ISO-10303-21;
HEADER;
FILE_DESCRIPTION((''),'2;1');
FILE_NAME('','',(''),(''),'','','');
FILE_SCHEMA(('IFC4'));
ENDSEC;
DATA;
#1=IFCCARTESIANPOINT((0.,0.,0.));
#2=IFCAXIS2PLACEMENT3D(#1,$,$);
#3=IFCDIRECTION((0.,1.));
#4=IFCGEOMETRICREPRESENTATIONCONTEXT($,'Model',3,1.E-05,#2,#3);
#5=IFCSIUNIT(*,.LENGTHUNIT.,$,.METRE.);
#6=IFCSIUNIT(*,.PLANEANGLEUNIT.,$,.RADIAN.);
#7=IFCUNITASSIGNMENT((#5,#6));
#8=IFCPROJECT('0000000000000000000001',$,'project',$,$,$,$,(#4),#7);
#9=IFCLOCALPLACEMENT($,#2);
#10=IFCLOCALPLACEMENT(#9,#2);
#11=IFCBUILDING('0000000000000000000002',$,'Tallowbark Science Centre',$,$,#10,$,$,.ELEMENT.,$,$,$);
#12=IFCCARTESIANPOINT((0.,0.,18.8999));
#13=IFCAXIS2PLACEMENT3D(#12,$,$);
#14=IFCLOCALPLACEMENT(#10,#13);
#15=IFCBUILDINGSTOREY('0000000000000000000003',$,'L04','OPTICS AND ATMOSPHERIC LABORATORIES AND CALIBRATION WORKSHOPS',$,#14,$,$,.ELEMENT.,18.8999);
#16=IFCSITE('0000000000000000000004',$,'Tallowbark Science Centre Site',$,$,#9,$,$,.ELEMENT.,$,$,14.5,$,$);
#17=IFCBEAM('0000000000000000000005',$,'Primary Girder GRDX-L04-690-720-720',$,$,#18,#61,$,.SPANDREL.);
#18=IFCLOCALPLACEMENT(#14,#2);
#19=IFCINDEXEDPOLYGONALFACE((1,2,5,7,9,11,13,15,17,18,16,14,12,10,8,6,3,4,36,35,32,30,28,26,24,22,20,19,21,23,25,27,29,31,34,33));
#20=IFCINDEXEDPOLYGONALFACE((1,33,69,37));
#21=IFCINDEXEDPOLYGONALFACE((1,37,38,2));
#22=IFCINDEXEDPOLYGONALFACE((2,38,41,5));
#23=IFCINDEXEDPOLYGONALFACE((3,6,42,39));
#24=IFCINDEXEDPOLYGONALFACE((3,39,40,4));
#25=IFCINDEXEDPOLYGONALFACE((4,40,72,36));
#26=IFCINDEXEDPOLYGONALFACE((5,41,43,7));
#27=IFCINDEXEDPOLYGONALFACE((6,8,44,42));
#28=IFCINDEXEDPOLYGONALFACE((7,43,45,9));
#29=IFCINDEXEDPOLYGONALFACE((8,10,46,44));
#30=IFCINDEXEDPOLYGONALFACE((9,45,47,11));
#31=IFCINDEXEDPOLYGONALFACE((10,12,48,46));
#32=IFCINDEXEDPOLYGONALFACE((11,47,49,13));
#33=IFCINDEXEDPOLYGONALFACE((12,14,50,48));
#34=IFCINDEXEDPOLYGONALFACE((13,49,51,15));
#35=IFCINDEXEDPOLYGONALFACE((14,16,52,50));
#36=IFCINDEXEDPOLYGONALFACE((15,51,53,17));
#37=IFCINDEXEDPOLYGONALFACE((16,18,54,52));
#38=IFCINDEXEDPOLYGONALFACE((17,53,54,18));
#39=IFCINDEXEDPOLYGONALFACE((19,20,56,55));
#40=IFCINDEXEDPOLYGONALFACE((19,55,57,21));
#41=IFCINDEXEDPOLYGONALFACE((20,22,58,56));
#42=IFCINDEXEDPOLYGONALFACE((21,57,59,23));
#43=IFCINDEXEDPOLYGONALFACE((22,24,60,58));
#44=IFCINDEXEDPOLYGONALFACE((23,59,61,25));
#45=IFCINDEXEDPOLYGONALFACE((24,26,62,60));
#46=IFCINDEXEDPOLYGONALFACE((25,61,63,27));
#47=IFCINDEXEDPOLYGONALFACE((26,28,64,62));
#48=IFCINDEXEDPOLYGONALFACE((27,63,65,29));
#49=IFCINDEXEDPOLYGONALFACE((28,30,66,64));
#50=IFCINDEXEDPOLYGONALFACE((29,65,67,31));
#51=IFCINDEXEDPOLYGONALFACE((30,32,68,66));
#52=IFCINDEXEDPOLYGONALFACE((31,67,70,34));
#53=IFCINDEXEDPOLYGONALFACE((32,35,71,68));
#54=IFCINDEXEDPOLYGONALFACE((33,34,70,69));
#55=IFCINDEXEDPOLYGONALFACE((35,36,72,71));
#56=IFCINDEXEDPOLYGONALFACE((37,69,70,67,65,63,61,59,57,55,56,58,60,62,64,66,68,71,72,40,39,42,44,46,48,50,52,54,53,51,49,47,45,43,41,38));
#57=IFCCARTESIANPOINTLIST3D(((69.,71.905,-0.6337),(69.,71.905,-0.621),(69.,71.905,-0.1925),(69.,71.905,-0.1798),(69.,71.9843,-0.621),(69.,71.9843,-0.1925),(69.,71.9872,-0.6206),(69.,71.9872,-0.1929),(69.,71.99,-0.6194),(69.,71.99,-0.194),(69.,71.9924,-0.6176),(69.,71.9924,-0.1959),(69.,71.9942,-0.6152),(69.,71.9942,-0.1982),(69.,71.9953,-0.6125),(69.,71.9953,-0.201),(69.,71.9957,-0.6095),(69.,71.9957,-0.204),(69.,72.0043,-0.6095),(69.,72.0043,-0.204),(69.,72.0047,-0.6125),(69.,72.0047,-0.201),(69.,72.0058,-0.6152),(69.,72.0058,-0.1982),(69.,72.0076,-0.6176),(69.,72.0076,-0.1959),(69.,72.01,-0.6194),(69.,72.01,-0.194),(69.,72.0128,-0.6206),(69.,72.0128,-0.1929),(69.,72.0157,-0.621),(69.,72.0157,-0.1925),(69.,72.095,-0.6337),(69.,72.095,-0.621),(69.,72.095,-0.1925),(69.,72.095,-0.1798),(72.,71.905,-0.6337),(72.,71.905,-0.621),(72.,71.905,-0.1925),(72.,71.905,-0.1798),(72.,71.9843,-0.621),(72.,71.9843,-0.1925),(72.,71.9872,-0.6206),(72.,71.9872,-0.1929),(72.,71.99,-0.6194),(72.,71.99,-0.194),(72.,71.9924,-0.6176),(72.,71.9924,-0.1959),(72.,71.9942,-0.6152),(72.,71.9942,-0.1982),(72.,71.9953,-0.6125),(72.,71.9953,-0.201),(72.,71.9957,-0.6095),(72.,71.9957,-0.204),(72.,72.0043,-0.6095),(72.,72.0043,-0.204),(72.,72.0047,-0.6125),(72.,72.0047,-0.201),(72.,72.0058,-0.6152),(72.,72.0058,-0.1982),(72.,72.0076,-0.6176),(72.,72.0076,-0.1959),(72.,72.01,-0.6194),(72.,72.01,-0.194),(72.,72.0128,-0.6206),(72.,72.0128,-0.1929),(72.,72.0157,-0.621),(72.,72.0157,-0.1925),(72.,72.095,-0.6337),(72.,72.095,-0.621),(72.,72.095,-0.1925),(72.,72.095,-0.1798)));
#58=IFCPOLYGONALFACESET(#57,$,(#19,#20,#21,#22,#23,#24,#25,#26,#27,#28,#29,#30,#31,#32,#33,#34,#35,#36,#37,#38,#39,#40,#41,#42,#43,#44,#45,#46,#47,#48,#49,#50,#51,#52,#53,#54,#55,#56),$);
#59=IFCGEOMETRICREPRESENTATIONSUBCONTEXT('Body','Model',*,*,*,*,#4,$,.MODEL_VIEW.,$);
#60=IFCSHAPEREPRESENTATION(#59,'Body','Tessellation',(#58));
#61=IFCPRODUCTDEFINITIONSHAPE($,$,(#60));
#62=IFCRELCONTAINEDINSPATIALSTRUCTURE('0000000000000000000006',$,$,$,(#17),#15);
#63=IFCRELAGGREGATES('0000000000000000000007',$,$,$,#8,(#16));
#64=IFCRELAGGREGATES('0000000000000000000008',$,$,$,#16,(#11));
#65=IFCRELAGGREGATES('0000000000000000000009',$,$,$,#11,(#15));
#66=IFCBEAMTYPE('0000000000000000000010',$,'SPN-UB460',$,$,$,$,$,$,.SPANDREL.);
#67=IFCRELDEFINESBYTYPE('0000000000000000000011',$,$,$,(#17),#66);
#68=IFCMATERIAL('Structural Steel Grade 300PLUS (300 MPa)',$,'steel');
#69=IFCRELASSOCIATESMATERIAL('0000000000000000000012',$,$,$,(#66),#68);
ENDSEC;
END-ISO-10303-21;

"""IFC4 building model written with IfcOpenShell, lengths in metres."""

from ifc_helpers import new_model, si_unit, direction, frame, origin, origin_2d, place, context, subcontext, project, spatial, i_section, extrude, material, material_profile, profile_set, type_object, element, save


model = new_model("IFC4")

# Units and contexts
model_context = context("Model", 3, precision=1e-05, world=origin(), true_north=direction((0.0, 1.0)))
body_context = subcontext(model_context, "Body", "Model", "MODEL_VIEW")
ifc_project = project(units=[si_unit("LENGTHUNIT", "METRE"), si_unit("PLANEANGLEUNIT", "RADIAN")], contexts=[model_context])

# Site, building, storey
site_placement = place(None, origin())
site = spatial("IfcSite", under=ifc_project, at=site_placement, Name="Tallowbark Science Centre Site", CompositionType="ELEMENT", RefElevation=14.5)
building_placement = place(site_placement, origin())
building = spatial("IfcBuilding", under=site, at=building_placement, Name="Tallowbark Science Centre", CompositionType="ELEMENT")
storey_placement = place(building_placement, frame((0.0, 0.0, 18.8999)))
storey = spatial("IfcBuildingStorey", under=building, at=storey_placement, Name="L04", Description="OPTICS AND ATMOSPHERIC LABORATORIES AND CALIBRATION WORKSHOPS", CompositionType="ELEMENT", Elevation=18.8999)

# Shared definitions
ifc_material_1 = material(Name="Structural Steel Grade 300PLUS (300 MPa)", Category="steel")

# Beam
ifc_material_profile_1 = material_profile(ifc_material_1, i_section(OverallWidth=0.1899, OverallDepth=0.4539, WebThickness=0.0085, FlangeThickness=0.0127, FilletRadius=0.0115, at=origin_2d()), Name="460UB67.1")
ifc_profile_set_1 = profile_set([ifc_material_profile_1], Name="Structural Steel Grade 300PLUS (300 MPa)")
beam_type_1 = type_object("IfcBeamType", Name="SPN-UB460", PredefinedType="SPANDREL", material=ifc_profile_set_1)
beam_placement = place(storey_placement, frame((69.0, 72.0, -0.4067), z_axis=(1.0, 0.0, 0.0), x_axis=(0.0, 1.0, 0.0)))
element("IfcBeam", 1, at=beam_placement, inside=storey, type_object=beam_type_1, Name="Primary Girder GRDX-L04-690-720-720", PredefinedType="SPANDREL", context=body_context, shape_type="SweptSolid", body=[
    extrude(i_section(OverallWidth=0.1899, OverallDepth=0.4539, WebThickness=0.0085, FlangeThickness=0.0127, FilletRadius=0.0115, at=origin_2d()), origin(), (0.0, 0.0, 1.0), 3.0),
])

save(model, "model.ifc")
